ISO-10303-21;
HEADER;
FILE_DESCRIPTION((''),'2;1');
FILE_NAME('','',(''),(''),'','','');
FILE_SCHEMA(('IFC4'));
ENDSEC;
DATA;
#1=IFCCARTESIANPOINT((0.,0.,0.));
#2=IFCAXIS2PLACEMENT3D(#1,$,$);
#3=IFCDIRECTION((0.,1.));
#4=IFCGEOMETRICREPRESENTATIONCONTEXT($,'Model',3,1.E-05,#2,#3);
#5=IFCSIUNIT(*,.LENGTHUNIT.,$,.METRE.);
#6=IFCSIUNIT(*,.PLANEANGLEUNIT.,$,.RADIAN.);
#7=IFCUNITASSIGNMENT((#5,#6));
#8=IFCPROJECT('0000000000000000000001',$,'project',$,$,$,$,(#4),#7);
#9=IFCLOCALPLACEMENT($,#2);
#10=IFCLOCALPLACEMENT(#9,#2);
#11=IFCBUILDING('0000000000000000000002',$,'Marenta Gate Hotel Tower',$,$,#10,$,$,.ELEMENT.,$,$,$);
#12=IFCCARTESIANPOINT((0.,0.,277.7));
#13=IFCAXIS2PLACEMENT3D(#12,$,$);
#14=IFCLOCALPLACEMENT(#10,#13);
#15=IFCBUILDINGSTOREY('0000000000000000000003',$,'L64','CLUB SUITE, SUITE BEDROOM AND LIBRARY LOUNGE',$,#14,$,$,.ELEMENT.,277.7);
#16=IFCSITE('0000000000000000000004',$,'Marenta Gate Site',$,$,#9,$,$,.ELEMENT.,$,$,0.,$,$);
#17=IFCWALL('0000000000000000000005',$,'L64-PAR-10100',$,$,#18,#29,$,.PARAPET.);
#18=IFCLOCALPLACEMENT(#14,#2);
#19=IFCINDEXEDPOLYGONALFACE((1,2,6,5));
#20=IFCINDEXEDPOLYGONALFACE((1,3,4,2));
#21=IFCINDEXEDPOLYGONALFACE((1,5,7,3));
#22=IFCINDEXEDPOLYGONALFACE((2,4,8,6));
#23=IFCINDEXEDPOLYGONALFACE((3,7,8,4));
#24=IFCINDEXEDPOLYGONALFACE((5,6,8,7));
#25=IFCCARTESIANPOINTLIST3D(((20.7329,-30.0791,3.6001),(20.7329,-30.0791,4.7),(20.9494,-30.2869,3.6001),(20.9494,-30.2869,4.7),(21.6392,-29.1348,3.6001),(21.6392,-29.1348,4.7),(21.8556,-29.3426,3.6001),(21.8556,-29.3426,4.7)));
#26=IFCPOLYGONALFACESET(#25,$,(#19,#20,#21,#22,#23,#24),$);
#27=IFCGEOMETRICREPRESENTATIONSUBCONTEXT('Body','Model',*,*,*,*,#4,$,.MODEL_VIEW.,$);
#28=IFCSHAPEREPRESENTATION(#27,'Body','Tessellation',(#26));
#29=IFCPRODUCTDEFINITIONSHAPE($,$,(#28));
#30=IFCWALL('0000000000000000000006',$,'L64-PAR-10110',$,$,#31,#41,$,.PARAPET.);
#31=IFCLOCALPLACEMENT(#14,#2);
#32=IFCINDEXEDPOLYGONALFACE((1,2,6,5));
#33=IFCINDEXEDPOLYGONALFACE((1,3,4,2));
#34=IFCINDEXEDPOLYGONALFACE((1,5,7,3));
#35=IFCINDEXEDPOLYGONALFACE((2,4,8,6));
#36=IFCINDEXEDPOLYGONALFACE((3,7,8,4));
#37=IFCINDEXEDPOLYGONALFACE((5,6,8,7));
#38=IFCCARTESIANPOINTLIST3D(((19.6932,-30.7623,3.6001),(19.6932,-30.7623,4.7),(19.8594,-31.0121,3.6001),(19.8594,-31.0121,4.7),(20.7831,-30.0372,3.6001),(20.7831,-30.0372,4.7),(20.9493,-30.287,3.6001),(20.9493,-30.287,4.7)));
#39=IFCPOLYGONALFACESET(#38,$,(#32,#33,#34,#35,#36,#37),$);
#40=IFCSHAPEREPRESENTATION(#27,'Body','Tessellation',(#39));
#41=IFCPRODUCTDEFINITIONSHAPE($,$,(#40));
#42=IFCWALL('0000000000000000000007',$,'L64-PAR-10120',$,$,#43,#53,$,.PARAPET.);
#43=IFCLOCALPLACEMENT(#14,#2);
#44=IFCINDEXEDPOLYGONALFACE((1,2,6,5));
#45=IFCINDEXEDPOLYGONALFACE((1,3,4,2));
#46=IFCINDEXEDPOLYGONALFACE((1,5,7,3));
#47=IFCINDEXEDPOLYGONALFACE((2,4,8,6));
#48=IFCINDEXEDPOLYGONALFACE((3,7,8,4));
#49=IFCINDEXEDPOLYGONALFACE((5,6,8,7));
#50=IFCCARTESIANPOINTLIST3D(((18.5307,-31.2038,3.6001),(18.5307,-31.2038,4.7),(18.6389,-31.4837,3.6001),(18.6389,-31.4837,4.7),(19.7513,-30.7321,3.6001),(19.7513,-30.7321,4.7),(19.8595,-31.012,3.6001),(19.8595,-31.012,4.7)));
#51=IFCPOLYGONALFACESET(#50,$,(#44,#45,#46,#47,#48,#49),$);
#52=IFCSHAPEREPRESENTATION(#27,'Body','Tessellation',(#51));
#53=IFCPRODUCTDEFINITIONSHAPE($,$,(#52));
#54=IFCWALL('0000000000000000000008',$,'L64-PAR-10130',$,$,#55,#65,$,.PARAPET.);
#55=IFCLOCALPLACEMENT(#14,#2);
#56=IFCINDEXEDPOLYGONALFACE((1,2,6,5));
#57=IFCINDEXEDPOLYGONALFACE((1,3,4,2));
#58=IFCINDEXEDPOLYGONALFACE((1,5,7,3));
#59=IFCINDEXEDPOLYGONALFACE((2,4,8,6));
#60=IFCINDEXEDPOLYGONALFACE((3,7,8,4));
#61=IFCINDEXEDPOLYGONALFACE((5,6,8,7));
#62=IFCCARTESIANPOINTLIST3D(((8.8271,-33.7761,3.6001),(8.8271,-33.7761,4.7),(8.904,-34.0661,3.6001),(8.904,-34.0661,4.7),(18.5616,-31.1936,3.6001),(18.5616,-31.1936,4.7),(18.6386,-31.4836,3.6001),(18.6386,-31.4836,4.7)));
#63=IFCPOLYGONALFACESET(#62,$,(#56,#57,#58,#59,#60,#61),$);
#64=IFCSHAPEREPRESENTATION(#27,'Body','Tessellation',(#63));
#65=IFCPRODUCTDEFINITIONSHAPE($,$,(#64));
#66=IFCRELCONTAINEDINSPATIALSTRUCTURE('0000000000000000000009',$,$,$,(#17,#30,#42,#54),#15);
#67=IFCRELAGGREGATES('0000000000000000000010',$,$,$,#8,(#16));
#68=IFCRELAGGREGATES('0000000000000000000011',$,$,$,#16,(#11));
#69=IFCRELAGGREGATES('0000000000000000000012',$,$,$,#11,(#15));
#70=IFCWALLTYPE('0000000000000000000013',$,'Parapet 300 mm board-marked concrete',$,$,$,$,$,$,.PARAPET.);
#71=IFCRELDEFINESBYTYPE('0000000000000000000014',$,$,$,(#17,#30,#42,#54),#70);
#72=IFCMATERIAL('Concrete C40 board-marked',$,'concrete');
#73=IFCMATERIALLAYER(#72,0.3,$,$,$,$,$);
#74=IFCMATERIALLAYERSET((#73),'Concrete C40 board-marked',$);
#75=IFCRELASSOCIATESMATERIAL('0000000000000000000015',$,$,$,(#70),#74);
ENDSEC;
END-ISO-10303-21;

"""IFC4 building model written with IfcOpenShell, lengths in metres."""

from ifc_helpers import new_model, si_unit, direction, frame, frame_2d, origin, place, context, subcontext, project, spatial, rectangle, extrude, material, layer, layer_set, type_object, element, save


model = new_model("IFC4")

# Units and contexts
model_context = context("Model", 3, precision=1e-05, world=origin(), true_north=direction((0.0, 1.0)))
body_context = subcontext(model_context, "Body", "Model", "MODEL_VIEW")
ifc_project = project(units=[si_unit("LENGTHUNIT", "METRE"), si_unit("PLANEANGLEUNIT", "RADIAN")], contexts=[model_context])

# Site, building, storey
site_placement = place(None, origin())
site = spatial("IfcSite", under=ifc_project, at=site_placement, Name="Marenta Gate Site", CompositionType="ELEMENT", RefElevation=0.0)
building_placement = place(site_placement, origin())
building = spatial("IfcBuilding", under=site, at=building_placement, Name="Marenta Gate Hotel Tower", CompositionType="ELEMENT")
storey_placement = place(building_placement, frame((0.0, 0.0, 277.7)))
storey = spatial("IfcBuildingStorey", under=building, at=storey_placement, Name="L64", Description="CLUB SUITE, SUITE BEDROOM AND LIBRARY LOUNGE", CompositionType="ELEMENT", Elevation=277.7)

# Walls
ifc_material_1 = material(Name="Concrete C40 board-marked", Category="concrete")
ifc_layer_1 = layer(ifc_material_1, 0.3)
ifc_layer_set_1 = layer_set([ifc_layer_1], Name="Concrete C40 board-marked")
wall_type = type_object("IfcWallType", Name="Parapet 300 mm board-marked concrete", PredefinedType="PARAPET", material=ifc_layer_set_1)
wall_1_placement = place(storey_placement, frame((21.7473, -29.2388, 3.6001), z_axis=(0.0, 0.0, 1.0), x_axis=(-0.692408, -0.721507, 0.0)))
element("IfcWall", 1, at=wall_1_placement, inside=storey, type_object=wall_type, Name="L64-PAR-10100", PredefinedType="PARAPET", context=body_context, shape_type="SweptSolid", body=[
    extrude(rectangle(XDim=1.3088, YDim=0.3, at=frame_2d((0.6543, 0.0))), origin(), (0.0, 0.0, 1.0), 1.0999),
])
wall_2_placement = place(storey_placement, frame((20.8662, -30.1621, 3.6001), z_axis=(0.0, 0.0, 1.0), x_axis=(-0.832566, -0.553925, 0.0)))
element("IfcWall", 2, at=wall_2_placement, inside=storey, type_object=wall_type, Name="L64-PAR-10110", PredefinedType="PARAPET", context=body_context, shape_type="SweptSolid", body=[
    extrude(rectangle(XDim=1.3091, YDim=0.3, at=frame_2d((0.6545, 0.0))), origin(), (0.0, 0.0, 1.0), 1.0999),
])
wall_3_placement = place(storey_placement, frame((19.8054, -30.8721, 3.6001), z_axis=(0.0, 0.0, 1.0), x_axis=(-0.932787, -0.360429, 0.0)))
element("IfcWall", 3, at=wall_3_placement, inside=storey, type_object=wall_type, Name="L64-PAR-10120", PredefinedType="PARAPET", context=body_context, shape_type="SweptSolid", body=[
    extrude(rectangle(XDim=1.3086, YDim=0.3, at=frame_2d((0.6543, 0.0))), origin(), (0.0, 0.0, 1.0), 1.0999),
])
wall_4_placement = place(storey_placement, frame((18.6001, -31.3386, 3.6001), z_axis=(0.0, 0.0, 1.0), x_axis=(-0.966565, -0.256422, 0.0)))
element("IfcWall", 4, at=wall_4_placement, inside=storey, type_object=wall_type, Name="L64-PAR-10130", PredefinedType="PARAPET", context=body_context, shape_type="SweptSolid", body=[
    extrude(rectangle(XDim=10.0713, YDim=0.3, at=frame_2d((5.0356, 0.0))), origin(), (0.0, 0.0, 1.0), 1.0999),
])

save(model, "model.ifc")
